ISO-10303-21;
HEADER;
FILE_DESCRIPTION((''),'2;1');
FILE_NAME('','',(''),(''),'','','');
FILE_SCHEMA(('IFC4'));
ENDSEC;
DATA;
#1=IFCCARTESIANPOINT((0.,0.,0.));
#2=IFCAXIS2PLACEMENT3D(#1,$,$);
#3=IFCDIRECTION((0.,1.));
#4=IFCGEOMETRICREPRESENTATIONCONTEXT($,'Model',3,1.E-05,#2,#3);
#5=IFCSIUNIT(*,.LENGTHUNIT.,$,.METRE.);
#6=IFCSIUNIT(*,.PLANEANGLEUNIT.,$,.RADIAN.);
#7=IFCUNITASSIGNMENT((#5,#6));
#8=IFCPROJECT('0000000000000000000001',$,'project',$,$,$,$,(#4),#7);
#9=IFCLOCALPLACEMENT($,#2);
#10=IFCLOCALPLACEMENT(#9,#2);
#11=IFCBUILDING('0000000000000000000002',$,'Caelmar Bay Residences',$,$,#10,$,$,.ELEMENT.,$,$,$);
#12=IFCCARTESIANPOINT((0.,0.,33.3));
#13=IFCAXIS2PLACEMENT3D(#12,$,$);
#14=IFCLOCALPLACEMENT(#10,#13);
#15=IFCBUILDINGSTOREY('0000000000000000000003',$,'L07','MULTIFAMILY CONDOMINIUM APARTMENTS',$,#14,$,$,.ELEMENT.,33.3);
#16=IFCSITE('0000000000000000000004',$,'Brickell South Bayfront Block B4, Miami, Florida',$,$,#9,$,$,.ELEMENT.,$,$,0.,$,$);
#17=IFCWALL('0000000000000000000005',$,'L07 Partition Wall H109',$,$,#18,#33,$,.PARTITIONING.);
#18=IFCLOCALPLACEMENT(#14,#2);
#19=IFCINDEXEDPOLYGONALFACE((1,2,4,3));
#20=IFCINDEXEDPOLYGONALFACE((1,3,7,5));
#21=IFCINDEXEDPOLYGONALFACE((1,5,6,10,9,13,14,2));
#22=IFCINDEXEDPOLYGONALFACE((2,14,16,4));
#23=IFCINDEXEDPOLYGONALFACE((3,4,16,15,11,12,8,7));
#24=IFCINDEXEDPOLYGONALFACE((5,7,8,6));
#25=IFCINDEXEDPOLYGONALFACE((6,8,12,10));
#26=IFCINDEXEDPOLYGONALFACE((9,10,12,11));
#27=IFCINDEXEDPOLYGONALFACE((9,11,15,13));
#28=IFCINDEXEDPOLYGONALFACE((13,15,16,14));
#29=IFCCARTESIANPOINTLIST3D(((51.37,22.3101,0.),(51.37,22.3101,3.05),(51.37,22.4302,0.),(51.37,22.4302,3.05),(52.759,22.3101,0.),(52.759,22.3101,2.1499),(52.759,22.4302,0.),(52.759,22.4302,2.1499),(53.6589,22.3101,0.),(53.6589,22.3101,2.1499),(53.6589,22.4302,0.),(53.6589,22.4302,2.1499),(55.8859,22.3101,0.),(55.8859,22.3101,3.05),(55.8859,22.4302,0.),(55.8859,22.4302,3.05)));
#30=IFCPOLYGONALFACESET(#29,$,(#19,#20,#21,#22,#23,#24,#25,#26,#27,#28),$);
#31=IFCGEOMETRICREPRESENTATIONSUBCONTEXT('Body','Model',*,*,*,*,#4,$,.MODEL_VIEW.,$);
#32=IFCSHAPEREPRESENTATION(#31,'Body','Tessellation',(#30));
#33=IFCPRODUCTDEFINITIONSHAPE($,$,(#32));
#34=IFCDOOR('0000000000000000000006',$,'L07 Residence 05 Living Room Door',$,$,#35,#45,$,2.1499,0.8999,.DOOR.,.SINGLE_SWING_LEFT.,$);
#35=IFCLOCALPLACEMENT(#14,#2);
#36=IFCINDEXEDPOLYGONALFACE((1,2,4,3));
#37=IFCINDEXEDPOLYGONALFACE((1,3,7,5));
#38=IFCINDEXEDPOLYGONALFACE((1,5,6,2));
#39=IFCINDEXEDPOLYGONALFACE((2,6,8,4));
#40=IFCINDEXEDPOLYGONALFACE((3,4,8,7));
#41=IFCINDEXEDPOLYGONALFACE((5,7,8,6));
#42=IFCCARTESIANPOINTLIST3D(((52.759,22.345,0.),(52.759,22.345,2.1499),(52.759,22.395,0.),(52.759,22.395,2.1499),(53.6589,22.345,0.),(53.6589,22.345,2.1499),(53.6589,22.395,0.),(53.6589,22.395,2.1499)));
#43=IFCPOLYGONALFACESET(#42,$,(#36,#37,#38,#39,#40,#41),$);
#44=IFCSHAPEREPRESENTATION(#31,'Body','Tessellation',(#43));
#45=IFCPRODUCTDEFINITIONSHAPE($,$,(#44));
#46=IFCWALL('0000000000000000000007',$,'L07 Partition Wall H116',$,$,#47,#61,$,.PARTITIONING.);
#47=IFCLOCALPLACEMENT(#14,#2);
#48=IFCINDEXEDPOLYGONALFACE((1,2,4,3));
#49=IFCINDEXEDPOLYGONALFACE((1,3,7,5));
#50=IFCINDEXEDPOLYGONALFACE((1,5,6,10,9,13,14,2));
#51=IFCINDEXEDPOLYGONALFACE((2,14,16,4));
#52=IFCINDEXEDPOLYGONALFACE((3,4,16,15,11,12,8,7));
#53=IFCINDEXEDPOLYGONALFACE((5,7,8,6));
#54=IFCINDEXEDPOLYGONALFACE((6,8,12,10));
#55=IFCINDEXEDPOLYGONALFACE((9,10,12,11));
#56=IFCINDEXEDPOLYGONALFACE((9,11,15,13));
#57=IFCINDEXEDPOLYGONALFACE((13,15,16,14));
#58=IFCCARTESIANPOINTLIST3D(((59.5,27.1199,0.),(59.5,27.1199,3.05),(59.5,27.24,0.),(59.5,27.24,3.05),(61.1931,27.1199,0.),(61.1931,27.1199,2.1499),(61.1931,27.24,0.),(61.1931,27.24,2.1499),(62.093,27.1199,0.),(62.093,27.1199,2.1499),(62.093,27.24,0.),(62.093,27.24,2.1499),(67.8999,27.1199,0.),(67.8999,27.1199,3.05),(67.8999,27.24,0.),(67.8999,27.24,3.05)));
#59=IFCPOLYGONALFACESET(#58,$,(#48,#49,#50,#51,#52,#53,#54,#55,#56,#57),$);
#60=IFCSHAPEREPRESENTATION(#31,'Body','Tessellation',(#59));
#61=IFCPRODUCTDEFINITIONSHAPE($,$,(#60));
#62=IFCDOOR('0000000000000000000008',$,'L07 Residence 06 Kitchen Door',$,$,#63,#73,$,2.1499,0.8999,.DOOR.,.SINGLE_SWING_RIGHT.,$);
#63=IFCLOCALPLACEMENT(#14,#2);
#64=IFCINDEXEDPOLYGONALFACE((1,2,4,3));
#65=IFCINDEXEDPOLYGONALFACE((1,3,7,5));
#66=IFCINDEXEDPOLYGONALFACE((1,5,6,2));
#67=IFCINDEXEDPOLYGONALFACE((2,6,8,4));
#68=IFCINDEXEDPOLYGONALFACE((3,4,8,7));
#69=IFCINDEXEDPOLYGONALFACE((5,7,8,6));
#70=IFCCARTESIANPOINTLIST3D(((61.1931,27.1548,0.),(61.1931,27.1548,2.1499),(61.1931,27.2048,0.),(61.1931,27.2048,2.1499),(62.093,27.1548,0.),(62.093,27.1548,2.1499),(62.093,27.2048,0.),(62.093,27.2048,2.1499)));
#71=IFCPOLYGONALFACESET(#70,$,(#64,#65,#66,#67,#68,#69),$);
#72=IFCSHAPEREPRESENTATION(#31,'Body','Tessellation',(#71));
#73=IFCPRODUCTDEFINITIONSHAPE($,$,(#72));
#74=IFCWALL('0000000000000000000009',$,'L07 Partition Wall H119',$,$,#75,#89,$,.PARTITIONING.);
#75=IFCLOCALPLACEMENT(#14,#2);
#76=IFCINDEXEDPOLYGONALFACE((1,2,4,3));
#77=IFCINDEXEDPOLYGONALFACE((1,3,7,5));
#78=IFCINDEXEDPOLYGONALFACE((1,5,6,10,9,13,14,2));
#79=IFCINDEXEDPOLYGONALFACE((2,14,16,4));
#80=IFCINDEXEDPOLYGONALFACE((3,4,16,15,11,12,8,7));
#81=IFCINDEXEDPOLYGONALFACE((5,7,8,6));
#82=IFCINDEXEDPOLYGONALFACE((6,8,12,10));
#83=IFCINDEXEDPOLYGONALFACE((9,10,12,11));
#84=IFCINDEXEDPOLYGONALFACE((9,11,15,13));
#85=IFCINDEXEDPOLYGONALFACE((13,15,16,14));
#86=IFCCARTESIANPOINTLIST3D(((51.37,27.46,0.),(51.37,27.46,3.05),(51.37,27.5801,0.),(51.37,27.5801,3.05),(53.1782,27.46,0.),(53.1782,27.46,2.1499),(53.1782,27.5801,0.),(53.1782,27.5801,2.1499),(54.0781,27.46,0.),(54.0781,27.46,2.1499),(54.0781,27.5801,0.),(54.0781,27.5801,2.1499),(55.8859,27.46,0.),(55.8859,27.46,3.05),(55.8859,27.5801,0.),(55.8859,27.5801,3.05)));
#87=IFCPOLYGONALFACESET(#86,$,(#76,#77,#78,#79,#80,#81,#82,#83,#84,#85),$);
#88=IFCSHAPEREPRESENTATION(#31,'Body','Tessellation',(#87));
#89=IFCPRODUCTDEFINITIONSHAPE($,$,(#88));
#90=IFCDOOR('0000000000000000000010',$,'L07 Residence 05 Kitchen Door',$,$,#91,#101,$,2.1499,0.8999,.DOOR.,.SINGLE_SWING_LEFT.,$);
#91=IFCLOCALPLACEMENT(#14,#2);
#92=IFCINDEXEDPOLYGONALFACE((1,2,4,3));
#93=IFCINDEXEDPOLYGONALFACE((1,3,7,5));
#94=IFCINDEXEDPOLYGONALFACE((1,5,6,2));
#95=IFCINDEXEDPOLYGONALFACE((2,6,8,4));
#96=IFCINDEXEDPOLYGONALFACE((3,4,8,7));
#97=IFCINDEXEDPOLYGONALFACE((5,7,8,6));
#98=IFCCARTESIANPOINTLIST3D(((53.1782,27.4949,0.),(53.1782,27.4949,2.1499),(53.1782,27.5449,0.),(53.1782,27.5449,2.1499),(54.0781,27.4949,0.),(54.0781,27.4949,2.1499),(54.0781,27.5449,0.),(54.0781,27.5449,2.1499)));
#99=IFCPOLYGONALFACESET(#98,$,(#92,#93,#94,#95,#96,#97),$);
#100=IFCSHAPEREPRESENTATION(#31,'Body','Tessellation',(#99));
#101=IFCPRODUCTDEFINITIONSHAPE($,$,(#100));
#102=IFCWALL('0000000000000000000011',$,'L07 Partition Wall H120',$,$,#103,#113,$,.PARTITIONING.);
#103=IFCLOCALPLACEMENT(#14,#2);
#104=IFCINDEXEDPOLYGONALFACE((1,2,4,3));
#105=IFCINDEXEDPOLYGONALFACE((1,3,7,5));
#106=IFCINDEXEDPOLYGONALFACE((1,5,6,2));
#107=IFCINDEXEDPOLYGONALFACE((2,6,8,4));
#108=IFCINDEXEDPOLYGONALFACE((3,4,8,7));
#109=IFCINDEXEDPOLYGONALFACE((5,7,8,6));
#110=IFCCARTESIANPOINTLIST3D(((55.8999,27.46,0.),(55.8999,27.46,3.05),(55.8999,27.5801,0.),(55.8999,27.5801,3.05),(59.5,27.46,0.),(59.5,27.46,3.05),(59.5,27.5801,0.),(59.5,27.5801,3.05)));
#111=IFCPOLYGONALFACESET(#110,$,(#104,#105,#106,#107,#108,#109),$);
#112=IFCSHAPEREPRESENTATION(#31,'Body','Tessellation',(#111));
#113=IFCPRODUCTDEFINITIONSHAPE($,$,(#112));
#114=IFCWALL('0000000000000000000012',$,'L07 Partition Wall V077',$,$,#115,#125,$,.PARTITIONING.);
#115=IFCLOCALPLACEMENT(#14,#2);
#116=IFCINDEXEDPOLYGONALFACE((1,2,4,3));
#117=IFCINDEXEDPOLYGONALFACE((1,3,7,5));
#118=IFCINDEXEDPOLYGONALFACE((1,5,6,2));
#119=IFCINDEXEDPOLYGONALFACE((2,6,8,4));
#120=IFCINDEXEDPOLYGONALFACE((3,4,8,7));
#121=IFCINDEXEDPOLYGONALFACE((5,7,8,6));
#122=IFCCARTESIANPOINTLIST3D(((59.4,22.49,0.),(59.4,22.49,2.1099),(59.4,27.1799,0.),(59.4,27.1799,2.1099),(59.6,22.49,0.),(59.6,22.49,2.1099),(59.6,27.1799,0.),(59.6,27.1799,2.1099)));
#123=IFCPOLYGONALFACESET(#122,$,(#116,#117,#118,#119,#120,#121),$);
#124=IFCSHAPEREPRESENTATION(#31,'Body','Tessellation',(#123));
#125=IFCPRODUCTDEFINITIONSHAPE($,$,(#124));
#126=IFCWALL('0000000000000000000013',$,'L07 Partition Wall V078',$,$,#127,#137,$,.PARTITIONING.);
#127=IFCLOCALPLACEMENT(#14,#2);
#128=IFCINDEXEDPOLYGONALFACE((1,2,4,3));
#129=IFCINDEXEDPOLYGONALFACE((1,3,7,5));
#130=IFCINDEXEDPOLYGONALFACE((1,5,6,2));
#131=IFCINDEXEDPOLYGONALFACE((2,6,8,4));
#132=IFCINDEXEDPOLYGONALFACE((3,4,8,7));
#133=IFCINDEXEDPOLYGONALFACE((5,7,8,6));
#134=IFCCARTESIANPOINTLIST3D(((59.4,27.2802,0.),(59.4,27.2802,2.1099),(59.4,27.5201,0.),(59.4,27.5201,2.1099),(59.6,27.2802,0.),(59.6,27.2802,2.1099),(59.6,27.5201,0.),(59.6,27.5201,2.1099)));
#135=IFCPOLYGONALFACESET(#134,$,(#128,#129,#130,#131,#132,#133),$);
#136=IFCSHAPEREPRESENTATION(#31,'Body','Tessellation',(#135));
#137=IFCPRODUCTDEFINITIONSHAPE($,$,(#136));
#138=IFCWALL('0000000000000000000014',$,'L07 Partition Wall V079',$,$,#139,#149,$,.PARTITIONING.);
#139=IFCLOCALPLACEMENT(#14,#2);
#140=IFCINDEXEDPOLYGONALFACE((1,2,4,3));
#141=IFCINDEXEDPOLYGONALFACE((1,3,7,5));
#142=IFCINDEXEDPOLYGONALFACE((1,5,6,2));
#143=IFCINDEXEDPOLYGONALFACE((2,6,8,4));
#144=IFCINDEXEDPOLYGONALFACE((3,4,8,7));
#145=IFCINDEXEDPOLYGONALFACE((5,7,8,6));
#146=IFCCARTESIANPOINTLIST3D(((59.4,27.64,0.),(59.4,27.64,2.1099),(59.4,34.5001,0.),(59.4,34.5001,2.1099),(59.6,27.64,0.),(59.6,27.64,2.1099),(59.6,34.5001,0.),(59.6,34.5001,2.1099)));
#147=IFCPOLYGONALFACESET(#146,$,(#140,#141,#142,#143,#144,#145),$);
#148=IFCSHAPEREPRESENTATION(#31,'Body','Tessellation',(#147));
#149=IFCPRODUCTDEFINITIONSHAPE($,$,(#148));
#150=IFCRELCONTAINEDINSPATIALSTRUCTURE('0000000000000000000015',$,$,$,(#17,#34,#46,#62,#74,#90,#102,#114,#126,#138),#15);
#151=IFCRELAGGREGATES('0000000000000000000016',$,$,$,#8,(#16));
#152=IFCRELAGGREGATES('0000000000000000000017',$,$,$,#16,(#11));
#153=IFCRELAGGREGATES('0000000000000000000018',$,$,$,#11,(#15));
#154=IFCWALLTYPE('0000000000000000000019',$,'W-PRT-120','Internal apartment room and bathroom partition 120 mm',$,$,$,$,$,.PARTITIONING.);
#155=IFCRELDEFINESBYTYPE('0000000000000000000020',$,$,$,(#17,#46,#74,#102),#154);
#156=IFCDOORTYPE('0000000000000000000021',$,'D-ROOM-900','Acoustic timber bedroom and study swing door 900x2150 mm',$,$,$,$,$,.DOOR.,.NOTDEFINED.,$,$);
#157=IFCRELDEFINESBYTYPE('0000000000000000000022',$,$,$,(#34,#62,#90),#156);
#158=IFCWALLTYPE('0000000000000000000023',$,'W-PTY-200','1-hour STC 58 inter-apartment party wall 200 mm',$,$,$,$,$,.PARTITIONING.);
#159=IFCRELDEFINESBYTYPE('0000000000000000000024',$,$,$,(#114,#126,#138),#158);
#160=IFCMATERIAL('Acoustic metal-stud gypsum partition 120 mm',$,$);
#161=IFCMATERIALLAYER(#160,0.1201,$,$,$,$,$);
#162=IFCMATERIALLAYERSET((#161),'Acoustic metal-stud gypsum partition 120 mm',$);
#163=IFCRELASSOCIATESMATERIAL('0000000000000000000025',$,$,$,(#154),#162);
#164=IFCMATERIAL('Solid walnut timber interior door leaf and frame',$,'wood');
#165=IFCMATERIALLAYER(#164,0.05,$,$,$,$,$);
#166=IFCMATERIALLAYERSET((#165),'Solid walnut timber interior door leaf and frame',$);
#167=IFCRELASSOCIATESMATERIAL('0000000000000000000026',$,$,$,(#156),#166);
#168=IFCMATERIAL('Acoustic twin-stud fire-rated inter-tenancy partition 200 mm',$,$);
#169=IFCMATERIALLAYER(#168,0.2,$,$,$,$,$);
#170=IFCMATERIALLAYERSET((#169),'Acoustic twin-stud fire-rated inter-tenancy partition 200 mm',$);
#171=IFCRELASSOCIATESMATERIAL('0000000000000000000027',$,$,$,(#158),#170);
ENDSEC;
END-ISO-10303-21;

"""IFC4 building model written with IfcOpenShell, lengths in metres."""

from ifc_helpers import new_model, si_unit, direction, frame, frame_2d, origin, place, context, subcontext, project, spatial, rectangle, extrude, material, layer, layer_set, type_object, element, fill, save


model = new_model("IFC4")

# Units and contexts
model_context = context("Model", 3, precision=1e-05, world=origin(), true_north=direction((0.0, 1.0)))
body_context = subcontext(model_context, "Body", "Model", "MODEL_VIEW")
ifc_project = project(units=[si_unit("LENGTHUNIT", "METRE"), si_unit("PLANEANGLEUNIT", "RADIAN")], contexts=[model_context])

# Site, building, storey
site_placement = place(None, origin())
site = spatial("IfcSite", under=ifc_project, at=site_placement, Name="Brickell South Bayfront Block B4, Miami, Florida", CompositionType="ELEMENT", RefElevation=0.0)
building_placement = place(site_placement, origin())
building = spatial("IfcBuilding", under=site, at=building_placement, Name="Caelmar Bay Residences", CompositionType="ELEMENT")
storey_placement = place(building_placement, frame((0.0, 0.0, 33.3)))
storey = spatial("IfcBuildingStorey", under=building, at=storey_placement, Name="L07", Description="MULTIFAMILY CONDOMINIUM APARTMENTS", CompositionType="ELEMENT", Elevation=33.3)

# Shared definitions
ifc_material_1 = material(Name="Acoustic metal-stud gypsum partition 120 mm")
ifc_layer_1 = layer(ifc_material_1, 0.1201)
ifc_layer_set_1 = layer_set([ifc_layer_1], Name="Acoustic metal-stud gypsum partition 120 mm")
wall_type_1 = type_object("IfcWallType", Name="W-PRT-120", Description="Internal apartment room and bathroom partition 120 mm", PredefinedType="PARTITIONING", material=ifc_layer_set_1)

# Shared definitions
ifc_material_2 = material(Name="Solid walnut timber interior door leaf and frame", Category="wood")
ifc_layer_2 = layer(ifc_material_2, 0.05)
ifc_layer_set_2 = layer_set([ifc_layer_2], Name="Solid walnut timber interior door leaf and frame")
door_type_1 = type_object("IfcDoorType", Name="D-ROOM-900", Description="Acoustic timber bedroom and study swing door 900x2150 mm", OperationType="NOTDEFINED", PredefinedType="DOOR", material=ifc_layer_set_2)

# Walls, openings, doors
wall_1_placement = place(storey_placement, frame((51.3701, 22.3701, 0.0), z_axis=(0.0, 0.0, 1.0), x_axis=(1.0, 0.0, 0.0)))
wall_1 = element("IfcWall", 1, at=wall_1_placement, inside=storey, type_object=wall_type_1, Name="L07 Partition Wall H109", PredefinedType="PARTITIONING", context=body_context, shape_type="SweptSolid", body=[
    extrude(rectangle(XDim=4.5159, YDim=0.1201, at=frame_2d((2.2578, 0.0))), origin(), (0.0, 0.0, 1.0), 3.05),
])
opening_1_placement = place(wall_1_placement, frame((1.3889, 0.0, 0.0)))
opening_1 = element("IfcOpeningElement", 2, at=opening_1_placement, cuts=wall_1, PredefinedType="OPENING", context=body_context, shape_type="SweptSolid", body=[
    extrude(rectangle(XDim=0.8999, YDim=2.1499, at=frame_2d((0.45, 1.075))), frame((0.0, 0.0701, 0.0), z_axis=(0.0, -1.0, 0.0), x_axis=(1.0, 0.0, 0.0)), (0.0, 0.0, 1.0), 0.1401),
])
door_1_placement = place(opening_1_placement, origin())
door_1 = element("IfcDoor", 3, at=door_1_placement, inside=storey, type_object=door_type_1, Name="L07 Residence 05 Living Room Door", OperationType="SINGLE_SWING_LEFT", OverallHeight=2.1499, OverallWidth=0.8999, PredefinedType="DOOR", context=body_context, shape_type="SweptSolid", body=[
    extrude(rectangle(XDim=0.8999, YDim=2.1499, at=frame_2d((0.45, 1.075))), frame((0.0, 0.0249, 0.0), z_axis=(0.0, -1.0, 0.0), x_axis=(1.0, 0.0, 0.0)), (0.0, 0.0, 1.0), 0.05),
])
fill(opening_1, door_1)
wall_2_placement = place(storey_placement, frame((59.5, 27.1799, 0.0), z_axis=(0.0, 0.0, 1.0), x_axis=(1.0, 0.0, 0.0)))
wall_2 = element("IfcWall", 4, at=wall_2_placement, inside=storey, type_object=wall_type_1, Name="L07 Partition Wall H116", PredefinedType="PARTITIONING", context=body_context, shape_type="SweptSolid", body=[
    extrude(rectangle(XDim=8.3999, YDim=0.1201, at=frame_2d((4.2, 0.0))), origin(), (0.0, 0.0, 1.0), 3.05),
])
opening_2_placement = place(wall_2_placement, frame((1.6931, 0.0, 0.0)))
opening_2 = element("IfcOpeningElement", 5, at=opening_2_placement, cuts=wall_2, PredefinedType="OPENING", context=body_context, shape_type="SweptSolid", body=[
    extrude(rectangle(XDim=0.8999, YDim=2.1499, at=frame_2d((0.45, 1.075))), frame((0.0, 0.0701, 0.0), z_axis=(0.0, -1.0, 0.0), x_axis=(1.0, 0.0, 0.0)), (0.0, 0.0, 1.0), 0.1401),
])
door_2_placement = place(opening_2_placement, origin())
door_2 = element("IfcDoor", 6, at=door_2_placement, inside=storey, type_object=door_type_1, Name="L07 Residence 06 Kitchen Door", OperationType="SINGLE_SWING_RIGHT", OverallHeight=2.1499, OverallWidth=0.8999, PredefinedType="DOOR", context=body_context, shape_type="SweptSolid", body=[
    extrude(rectangle(XDim=0.8999, YDim=2.1499, at=frame_2d((0.45, 1.075))), frame((0.0, 0.0249, 0.0), z_axis=(0.0, -1.0, 0.0), x_axis=(1.0, 0.0, 0.0)), (0.0, 0.0, 1.0), 0.05),
])
fill(opening_2, door_2)
wall_3_placement = place(storey_placement, frame((51.3701, 27.52, 0.0), z_axis=(0.0, 0.0, 1.0), x_axis=(1.0, 0.0, 0.0)))
wall_3 = element("IfcWall", 7, at=wall_3_placement, inside=storey, type_object=wall_type_1, Name="L07 Partition Wall H119", PredefinedType="PARTITIONING", context=body_context, shape_type="SweptSolid", body=[
    extrude(rectangle(XDim=4.5159, YDim=0.1201, at=frame_2d((2.2578, 0.0))), origin(), (0.0, 0.0, 1.0), 3.05),
])
opening_3_placement = place(wall_3_placement, frame((1.8081, 0.0, 0.0)))
opening_3 = element("IfcOpeningElement", 8, at=opening_3_placement, cuts=wall_3, PredefinedType="OPENING", context=body_context, shape_type="SweptSolid", body=[
    extrude(rectangle(XDim=0.8999, YDim=2.1499, at=frame_2d((0.45, 1.075))), frame((0.0, 0.0701, 0.0), z_axis=(0.0, -1.0, 0.0), x_axis=(1.0, 0.0, 0.0)), (0.0, 0.0, 1.0), 0.1401),
])
door_3_placement = place(opening_3_placement, origin())
door_3 = element("IfcDoor", 9, at=door_3_placement, inside=storey, type_object=door_type_1, Name="L07 Residence 05 Kitchen Door", OperationType="SINGLE_SWING_LEFT", OverallHeight=2.1499, OverallWidth=0.8999, PredefinedType="DOOR", context=body_context, shape_type="SweptSolid", body=[
    extrude(rectangle(XDim=0.8999, YDim=2.1499, at=frame_2d((0.45, 1.075))), frame((0.0, 0.0249, 0.0), z_axis=(0.0, -1.0, 0.0), x_axis=(1.0, 0.0, 0.0)), (0.0, 0.0, 1.0), 0.05),
])
fill(opening_3, door_3)

# Walls
wall_4_placement = place(storey_placement, frame((55.8999, 27.52, 0.0), z_axis=(0.0, 0.0, 1.0), x_axis=(1.0, 0.0, 0.0)))
element("IfcWall", 10, at=wall_4_placement, inside=storey, type_object=wall_type_1, Name="L07 Partition Wall H120", PredefinedType="PARTITIONING", context=body_context, shape_type="SweptSolid", body=[
    extrude(rectangle(XDim=3.6001, YDim=0.1201, at=frame_2d((1.8, 0.0))), origin(), (0.0, 0.0, 1.0), 3.05),
])
ifc_material_3 = material(Name="Acoustic twin-stud fire-rated inter-tenancy partition 200 mm")
ifc_layer_3 = layer(ifc_material_3, 0.2)
ifc_layer_set_3 = layer_set([ifc_layer_3], Name="Acoustic twin-stud fire-rated inter-tenancy partition 200 mm")
wall_type_2 = type_object("IfcWallType", Name="W-PTY-200", Description="1-hour STC 58 inter-apartment party wall 200 mm", PredefinedType="PARTITIONING", material=ifc_layer_set_3)
wall_5_placement = place(storey_placement, frame((59.5, 22.49, 0.0), z_axis=(0.0, 0.0, 1.0), x_axis=(0.0, 1.0, 0.0)))
element("IfcWall", 11, at=wall_5_placement, inside=storey, type_object=wall_type_2, Name="L07 Partition Wall V077", PredefinedType="PARTITIONING", context=body_context, shape_type="SweptSolid", body=[
    extrude(rectangle(XDim=4.6899, YDim=0.2, at=frame_2d((2.345, 0.0))), origin(), (0.0, 0.0, 1.0), 2.1099),
])
wall_6_placement = place(storey_placement, frame((59.5, 27.28, 0.0), z_axis=(0.0, 0.0, 1.0), x_axis=(0.0, 1.0, 0.0)))
element("IfcWall", 12, at=wall_6_placement, inside=storey, type_object=wall_type_2, Name="L07 Partition Wall V078", PredefinedType="PARTITIONING", context=body_context, shape_type="SweptSolid", body=[
    extrude(rectangle(XDim=0.24, YDim=0.2, at=frame_2d((0.1201, 0.0))), origin(), (0.0, 0.0, 1.0), 2.1099),
])
wall_7_placement = place(storey_placement, frame((59.5, 27.6399, 0.0), z_axis=(0.0, 0.0, 1.0), x_axis=(0.0, 1.0, 0.0)))
element("IfcWall", 13, at=wall_7_placement, inside=storey, type_object=wall_type_2, Name="L07 Partition Wall V079", PredefinedType="PARTITIONING", context=body_context, shape_type="SweptSolid", body=[
    extrude(rectangle(XDim=6.8601, YDim=0.2, at=frame_2d((3.4302, 0.0))), origin(), (0.0, 0.0, 1.0), 2.1099),
])

save(model, "model.ifc")
